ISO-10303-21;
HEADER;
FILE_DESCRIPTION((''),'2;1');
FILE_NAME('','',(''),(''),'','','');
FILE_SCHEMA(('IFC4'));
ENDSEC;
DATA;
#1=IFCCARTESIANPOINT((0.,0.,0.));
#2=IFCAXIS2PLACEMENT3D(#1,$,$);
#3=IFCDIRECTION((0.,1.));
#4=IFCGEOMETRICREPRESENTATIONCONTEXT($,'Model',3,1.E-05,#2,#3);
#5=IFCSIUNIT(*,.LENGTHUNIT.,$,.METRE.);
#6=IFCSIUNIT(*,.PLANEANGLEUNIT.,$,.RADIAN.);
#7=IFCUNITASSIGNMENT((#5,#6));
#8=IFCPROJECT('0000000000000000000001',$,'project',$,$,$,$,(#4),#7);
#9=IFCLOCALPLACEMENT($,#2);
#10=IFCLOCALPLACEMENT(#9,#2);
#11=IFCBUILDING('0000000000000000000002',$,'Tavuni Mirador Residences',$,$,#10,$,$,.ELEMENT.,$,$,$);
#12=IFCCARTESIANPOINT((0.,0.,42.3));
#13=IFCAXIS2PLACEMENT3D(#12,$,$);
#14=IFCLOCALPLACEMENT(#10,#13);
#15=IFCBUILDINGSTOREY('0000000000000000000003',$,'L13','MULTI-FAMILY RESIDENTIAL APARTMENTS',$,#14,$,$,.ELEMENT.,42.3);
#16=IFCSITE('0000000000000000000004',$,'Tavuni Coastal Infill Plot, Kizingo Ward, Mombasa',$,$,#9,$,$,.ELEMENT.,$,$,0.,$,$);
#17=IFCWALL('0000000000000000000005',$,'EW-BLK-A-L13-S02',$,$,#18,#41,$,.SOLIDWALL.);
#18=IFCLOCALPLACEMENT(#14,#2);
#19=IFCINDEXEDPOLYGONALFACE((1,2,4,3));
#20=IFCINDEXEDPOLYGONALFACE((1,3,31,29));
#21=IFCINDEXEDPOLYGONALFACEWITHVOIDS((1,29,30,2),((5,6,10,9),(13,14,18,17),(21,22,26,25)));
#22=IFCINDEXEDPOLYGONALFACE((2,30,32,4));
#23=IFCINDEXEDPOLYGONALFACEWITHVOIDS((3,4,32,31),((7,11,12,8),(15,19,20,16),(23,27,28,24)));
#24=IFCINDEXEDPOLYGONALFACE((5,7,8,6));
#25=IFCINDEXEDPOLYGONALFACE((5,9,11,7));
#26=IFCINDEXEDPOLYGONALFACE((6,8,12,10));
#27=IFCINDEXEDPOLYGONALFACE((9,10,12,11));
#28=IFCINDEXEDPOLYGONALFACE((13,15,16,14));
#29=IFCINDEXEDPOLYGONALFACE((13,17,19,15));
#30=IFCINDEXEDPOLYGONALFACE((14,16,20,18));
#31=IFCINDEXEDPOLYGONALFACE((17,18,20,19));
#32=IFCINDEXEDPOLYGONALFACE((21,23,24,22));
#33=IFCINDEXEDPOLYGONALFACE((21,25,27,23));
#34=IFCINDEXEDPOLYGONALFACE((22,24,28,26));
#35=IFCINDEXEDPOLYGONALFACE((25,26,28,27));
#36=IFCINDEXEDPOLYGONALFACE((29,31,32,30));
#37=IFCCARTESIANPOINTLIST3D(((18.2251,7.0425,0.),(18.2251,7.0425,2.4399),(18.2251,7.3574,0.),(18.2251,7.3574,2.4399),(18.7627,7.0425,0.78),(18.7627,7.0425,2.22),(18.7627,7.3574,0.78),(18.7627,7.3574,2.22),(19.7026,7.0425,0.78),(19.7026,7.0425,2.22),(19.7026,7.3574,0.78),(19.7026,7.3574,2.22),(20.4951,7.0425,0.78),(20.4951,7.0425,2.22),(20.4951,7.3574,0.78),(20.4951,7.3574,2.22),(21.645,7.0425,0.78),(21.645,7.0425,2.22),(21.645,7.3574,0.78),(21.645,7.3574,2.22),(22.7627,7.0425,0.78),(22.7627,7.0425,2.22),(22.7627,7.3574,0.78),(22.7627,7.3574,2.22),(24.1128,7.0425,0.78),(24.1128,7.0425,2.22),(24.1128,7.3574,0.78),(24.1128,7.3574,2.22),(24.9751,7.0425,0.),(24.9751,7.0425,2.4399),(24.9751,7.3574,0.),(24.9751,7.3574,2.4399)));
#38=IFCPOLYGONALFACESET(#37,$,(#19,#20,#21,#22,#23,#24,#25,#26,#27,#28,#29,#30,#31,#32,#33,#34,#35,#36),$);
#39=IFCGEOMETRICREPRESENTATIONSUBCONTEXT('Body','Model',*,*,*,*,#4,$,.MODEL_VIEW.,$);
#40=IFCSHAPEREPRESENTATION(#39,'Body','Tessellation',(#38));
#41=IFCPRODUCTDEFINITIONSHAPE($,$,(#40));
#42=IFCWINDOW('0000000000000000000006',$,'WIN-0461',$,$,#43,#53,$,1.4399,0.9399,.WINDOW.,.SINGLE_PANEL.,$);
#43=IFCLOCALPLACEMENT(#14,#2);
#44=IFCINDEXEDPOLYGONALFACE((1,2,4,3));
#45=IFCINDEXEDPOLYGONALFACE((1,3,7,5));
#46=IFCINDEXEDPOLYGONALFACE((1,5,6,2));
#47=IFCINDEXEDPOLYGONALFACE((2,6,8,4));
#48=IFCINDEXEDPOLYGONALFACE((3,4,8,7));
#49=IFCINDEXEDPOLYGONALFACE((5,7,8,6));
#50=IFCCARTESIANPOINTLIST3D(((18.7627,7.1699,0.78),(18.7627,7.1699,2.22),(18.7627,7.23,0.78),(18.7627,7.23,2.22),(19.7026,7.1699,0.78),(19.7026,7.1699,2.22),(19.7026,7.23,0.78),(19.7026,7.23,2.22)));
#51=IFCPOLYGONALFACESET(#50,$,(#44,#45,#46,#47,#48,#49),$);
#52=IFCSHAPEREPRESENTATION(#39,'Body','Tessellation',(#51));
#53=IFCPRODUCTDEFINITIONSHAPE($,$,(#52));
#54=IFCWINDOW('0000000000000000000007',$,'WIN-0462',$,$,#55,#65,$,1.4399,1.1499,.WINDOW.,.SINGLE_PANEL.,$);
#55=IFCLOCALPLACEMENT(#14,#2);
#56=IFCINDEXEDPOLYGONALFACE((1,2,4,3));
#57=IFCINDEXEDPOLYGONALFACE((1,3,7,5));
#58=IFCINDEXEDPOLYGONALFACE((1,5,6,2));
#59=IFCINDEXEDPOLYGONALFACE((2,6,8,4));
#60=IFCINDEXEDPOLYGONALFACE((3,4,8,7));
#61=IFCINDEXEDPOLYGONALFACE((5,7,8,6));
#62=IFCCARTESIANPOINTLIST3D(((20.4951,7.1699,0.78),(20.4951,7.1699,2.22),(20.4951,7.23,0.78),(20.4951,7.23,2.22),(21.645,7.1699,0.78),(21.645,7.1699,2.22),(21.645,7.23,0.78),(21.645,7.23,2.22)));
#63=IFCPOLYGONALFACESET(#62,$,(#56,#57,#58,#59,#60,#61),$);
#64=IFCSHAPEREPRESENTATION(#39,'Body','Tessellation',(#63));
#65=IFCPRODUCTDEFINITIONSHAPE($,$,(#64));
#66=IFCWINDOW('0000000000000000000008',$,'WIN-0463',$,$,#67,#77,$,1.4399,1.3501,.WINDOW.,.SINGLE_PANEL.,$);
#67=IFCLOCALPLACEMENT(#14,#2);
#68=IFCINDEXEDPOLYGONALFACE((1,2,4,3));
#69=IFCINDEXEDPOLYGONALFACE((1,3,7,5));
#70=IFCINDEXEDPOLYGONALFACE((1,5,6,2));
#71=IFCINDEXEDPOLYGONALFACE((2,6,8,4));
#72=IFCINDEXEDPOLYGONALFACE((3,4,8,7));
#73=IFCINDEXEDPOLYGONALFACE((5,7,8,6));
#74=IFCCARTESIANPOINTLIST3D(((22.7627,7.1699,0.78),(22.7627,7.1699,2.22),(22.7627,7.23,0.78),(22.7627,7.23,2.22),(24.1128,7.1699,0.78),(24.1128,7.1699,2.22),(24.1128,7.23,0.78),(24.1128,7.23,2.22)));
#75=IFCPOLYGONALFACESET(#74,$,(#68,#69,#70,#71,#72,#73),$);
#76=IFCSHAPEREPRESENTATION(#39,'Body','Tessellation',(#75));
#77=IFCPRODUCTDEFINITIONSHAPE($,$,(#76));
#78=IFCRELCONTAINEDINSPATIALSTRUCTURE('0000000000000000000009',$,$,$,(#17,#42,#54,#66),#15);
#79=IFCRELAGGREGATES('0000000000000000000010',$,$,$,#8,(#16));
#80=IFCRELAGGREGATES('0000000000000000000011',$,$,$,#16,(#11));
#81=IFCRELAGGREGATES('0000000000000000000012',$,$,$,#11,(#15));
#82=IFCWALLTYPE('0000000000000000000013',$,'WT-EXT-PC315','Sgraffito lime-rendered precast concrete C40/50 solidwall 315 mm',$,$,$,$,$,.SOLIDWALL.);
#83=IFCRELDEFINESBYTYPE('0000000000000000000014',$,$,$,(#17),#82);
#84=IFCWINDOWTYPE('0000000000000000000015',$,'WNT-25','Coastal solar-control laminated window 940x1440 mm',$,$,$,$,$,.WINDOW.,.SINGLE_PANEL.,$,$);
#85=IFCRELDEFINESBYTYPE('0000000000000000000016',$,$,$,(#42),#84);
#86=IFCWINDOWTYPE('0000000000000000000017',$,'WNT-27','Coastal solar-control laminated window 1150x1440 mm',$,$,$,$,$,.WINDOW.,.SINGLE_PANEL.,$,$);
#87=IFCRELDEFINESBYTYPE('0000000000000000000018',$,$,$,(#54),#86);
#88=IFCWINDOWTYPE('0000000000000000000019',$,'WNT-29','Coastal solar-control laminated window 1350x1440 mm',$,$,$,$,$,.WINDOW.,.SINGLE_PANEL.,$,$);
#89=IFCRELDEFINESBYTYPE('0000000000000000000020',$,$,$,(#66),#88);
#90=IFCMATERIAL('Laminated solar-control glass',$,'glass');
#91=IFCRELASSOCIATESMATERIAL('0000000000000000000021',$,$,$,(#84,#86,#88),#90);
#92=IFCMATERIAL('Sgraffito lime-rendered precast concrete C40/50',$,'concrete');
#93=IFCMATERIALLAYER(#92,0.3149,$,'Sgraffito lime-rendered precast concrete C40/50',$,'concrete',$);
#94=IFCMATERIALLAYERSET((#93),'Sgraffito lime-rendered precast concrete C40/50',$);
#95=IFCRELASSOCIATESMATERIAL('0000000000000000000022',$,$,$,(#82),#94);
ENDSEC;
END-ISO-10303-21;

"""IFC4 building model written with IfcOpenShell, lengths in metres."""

from ifc_helpers import new_model, si_unit, direction, frame, frame_2d, origin, place, context, subcontext, project, spatial, rectangle, extrude, material, layer, layer_set, type_object, element, fill, save


model = new_model("IFC4")

# Units and contexts
model_context = context("Model", 3, precision=1e-05, world=origin(), true_north=direction((0.0, 1.0)))
body_context = subcontext(model_context, "Body", "Model", "MODEL_VIEW")
ifc_project = project(units=[si_unit("LENGTHUNIT", "METRE"), si_unit("PLANEANGLEUNIT", "RADIAN")], contexts=[model_context])

# Site, building, storey
site_placement = place(None, origin())
site = spatial("IfcSite", under=ifc_project, at=site_placement, Name="Tavuni Coastal Infill Plot, Kizingo Ward, Mombasa", CompositionType="ELEMENT", RefElevation=0.0)
building_placement = place(site_placement, origin())
building = spatial("IfcBuilding", under=site, at=building_placement, Name="Tavuni Mirador Residences", CompositionType="ELEMENT")
storey_placement = place(building_placement, frame((0.0, 0.0, 42.3)))
storey = spatial("IfcBuildingStorey", under=building, at=storey_placement, Name="L13", Description="MULTI-FAMILY RESIDENTIAL APARTMENTS", CompositionType="ELEMENT", Elevation=42.3)

# Wall, openings, windows
ifc_material_1 = material(Name="Laminated solar-control glass", Category="glass")
window_type_1 = type_object("IfcWindowType", Name="WNT-25", Description="Coastal solar-control laminated window 940x1440 mm", PartitioningType="SINGLE_PANEL", PredefinedType="WINDOW", material=ifc_material_1)
ifc_material_2 = material(Name="Sgraffito lime-rendered precast concrete C40/50", Category="concrete")
ifc_layer_1 = layer(ifc_material_2, 0.3149, Name="Sgraffito lime-rendered precast concrete C40/50", Category="concrete")
ifc_layer_set_1 = layer_set([ifc_layer_1], Name="Sgraffito lime-rendered precast concrete C40/50")
wall_type_1 = type_object("IfcWallType", Name="WT-EXT-PC315", Description="Sgraffito lime-rendered precast concrete C40/50 solidwall 315 mm", PredefinedType="SOLIDWALL", material=ifc_layer_set_1)
wall_1_placement = place(storey_placement, frame((18.2251, 7.2, 0.0), z_axis=(0.0, 0.0, 1.0), x_axis=(1.0, 0.0, 0.0)))
wall_1 = element("IfcWall", 1, at=wall_1_placement, inside=storey, type_object=wall_type_1, Name="EW-BLK-A-L13-S02", PredefinedType="SOLIDWALL", context=body_context, shape_type="SweptSolid", body=[
    extrude(rectangle(XDim=6.75, YDim=0.3149, at=frame_2d((3.375, 0.0))), origin(), (0.0, 0.0, 1.0), 2.4399),
])
opening_1_placement = place(wall_1_placement, frame((0.5376, 0.0, 0.78)))
opening_1 = element("IfcOpeningElement", 2, at=opening_1_placement, cuts=wall_1, PredefinedType="OPENING", context=body_context, shape_type="SweptSolid", body=[
    extrude(rectangle(XDim=0.9399, YDim=1.4399, at=frame_2d((0.47, 0.72))), frame((0.0, 0.1675, 0.0), z_axis=(0.0, -1.0, 0.0), x_axis=(1.0, 0.0, 0.0)), (0.0, 0.0, 1.0), 0.335),
])
opening_2_placement = place(wall_1_placement, frame((2.27, 0.0, 0.78)))
opening_2 = element("IfcOpeningElement", 3, at=opening_2_placement, cuts=wall_1, PredefinedType="OPENING", context=body_context, shape_type="SweptSolid", body=[
    extrude(rectangle(XDim=1.1499, YDim=1.4399, at=frame_2d((0.575, 0.72))), frame((0.0, 0.1675, 0.0), z_axis=(0.0, -1.0, 0.0), x_axis=(1.0, 0.0, 0.0)), (0.0, 0.0, 1.0), 0.335),
])
opening_3_placement = place(wall_1_placement, frame((4.5376, 0.0, 0.78)))
opening_3 = element("IfcOpeningElement", 4, at=opening_3_placement, cuts=wall_1, PredefinedType="OPENING", context=body_context, shape_type="SweptSolid", body=[
    extrude(rectangle(XDim=1.3501, YDim=1.4399, at=frame_2d((0.675, 0.72))), frame((0.0, 0.1675, 0.0), z_axis=(0.0, -1.0, 0.0), x_axis=(1.0, 0.0, 0.0)), (0.0, 0.0, 1.0), 0.335),
])
window_1_placement = place(opening_1_placement, origin())
window_1 = element("IfcWindow", 5, at=window_1_placement, inside=storey, type_object=window_type_1, Name="WIN-0461", OverallHeight=1.4399, OverallWidth=0.9399, PartitioningType="SINGLE_PANEL", PredefinedType="WINDOW", context=body_context, shape_type="SweptSolid", body=[
    extrude(rectangle(XDim=0.9399, YDim=1.4399, at=frame_2d((0.47, 0.72))), frame((0.0, 0.03, 0.0), z_axis=(0.0, -1.0, 0.0), x_axis=(1.0, 0.0, 0.0)), (0.0, 0.0, 1.0), 0.0601),
])
fill(opening_1, window_1)
window_type_2 = type_object("IfcWindowType", Name="WNT-27", Description="Coastal solar-control laminated window 1150x1440 mm", PartitioningType="SINGLE_PANEL", PredefinedType="WINDOW", material=ifc_material_1)
window_2_placement = place(opening_2_placement, origin())
window_2 = element("IfcWindow", 6, at=window_2_placement, inside=storey, type_object=window_type_2, Name="WIN-0462", OverallHeight=1.4399, OverallWidth=1.1499, PartitioningType="SINGLE_PANEL", PredefinedType="WINDOW", context=body_context, shape_type="SweptSolid", body=[
    extrude(rectangle(XDim=1.1499, YDim=1.4399, at=frame_2d((0.575, 0.72))), frame((0.0, 0.03, 0.0), z_axis=(0.0, -1.0, 0.0), x_axis=(1.0, 0.0, 0.0)), (0.0, 0.0, 1.0), 0.0601),
])
fill(opening_2, window_2)
window_type_3 = type_object("IfcWindowType", Name="WNT-29", Description="Coastal solar-control laminated window 1350x1440 mm", PartitioningType="SINGLE_PANEL", PredefinedType="WINDOW", material=ifc_material_1)
window_3_placement = place(opening_3_placement, origin())
window_3 = element("IfcWindow", 7, at=window_3_placement, inside=storey, type_object=window_type_3, Name="WIN-0463", OverallHeight=1.4399, OverallWidth=1.3501, PartitioningType="SINGLE_PANEL", PredefinedType="WINDOW", context=body_context, shape_type="SweptSolid", body=[
    extrude(rectangle(XDim=1.3501, YDim=1.4399, at=frame_2d((0.675, 0.72))), frame((0.0, 0.03, 0.0), z_axis=(0.0, -1.0, 0.0), x_axis=(1.0, 0.0, 0.0)), (0.0, 0.0, 1.0), 0.0601),
])
fill(opening_3, window_3)

save(model, "model.ifc")
